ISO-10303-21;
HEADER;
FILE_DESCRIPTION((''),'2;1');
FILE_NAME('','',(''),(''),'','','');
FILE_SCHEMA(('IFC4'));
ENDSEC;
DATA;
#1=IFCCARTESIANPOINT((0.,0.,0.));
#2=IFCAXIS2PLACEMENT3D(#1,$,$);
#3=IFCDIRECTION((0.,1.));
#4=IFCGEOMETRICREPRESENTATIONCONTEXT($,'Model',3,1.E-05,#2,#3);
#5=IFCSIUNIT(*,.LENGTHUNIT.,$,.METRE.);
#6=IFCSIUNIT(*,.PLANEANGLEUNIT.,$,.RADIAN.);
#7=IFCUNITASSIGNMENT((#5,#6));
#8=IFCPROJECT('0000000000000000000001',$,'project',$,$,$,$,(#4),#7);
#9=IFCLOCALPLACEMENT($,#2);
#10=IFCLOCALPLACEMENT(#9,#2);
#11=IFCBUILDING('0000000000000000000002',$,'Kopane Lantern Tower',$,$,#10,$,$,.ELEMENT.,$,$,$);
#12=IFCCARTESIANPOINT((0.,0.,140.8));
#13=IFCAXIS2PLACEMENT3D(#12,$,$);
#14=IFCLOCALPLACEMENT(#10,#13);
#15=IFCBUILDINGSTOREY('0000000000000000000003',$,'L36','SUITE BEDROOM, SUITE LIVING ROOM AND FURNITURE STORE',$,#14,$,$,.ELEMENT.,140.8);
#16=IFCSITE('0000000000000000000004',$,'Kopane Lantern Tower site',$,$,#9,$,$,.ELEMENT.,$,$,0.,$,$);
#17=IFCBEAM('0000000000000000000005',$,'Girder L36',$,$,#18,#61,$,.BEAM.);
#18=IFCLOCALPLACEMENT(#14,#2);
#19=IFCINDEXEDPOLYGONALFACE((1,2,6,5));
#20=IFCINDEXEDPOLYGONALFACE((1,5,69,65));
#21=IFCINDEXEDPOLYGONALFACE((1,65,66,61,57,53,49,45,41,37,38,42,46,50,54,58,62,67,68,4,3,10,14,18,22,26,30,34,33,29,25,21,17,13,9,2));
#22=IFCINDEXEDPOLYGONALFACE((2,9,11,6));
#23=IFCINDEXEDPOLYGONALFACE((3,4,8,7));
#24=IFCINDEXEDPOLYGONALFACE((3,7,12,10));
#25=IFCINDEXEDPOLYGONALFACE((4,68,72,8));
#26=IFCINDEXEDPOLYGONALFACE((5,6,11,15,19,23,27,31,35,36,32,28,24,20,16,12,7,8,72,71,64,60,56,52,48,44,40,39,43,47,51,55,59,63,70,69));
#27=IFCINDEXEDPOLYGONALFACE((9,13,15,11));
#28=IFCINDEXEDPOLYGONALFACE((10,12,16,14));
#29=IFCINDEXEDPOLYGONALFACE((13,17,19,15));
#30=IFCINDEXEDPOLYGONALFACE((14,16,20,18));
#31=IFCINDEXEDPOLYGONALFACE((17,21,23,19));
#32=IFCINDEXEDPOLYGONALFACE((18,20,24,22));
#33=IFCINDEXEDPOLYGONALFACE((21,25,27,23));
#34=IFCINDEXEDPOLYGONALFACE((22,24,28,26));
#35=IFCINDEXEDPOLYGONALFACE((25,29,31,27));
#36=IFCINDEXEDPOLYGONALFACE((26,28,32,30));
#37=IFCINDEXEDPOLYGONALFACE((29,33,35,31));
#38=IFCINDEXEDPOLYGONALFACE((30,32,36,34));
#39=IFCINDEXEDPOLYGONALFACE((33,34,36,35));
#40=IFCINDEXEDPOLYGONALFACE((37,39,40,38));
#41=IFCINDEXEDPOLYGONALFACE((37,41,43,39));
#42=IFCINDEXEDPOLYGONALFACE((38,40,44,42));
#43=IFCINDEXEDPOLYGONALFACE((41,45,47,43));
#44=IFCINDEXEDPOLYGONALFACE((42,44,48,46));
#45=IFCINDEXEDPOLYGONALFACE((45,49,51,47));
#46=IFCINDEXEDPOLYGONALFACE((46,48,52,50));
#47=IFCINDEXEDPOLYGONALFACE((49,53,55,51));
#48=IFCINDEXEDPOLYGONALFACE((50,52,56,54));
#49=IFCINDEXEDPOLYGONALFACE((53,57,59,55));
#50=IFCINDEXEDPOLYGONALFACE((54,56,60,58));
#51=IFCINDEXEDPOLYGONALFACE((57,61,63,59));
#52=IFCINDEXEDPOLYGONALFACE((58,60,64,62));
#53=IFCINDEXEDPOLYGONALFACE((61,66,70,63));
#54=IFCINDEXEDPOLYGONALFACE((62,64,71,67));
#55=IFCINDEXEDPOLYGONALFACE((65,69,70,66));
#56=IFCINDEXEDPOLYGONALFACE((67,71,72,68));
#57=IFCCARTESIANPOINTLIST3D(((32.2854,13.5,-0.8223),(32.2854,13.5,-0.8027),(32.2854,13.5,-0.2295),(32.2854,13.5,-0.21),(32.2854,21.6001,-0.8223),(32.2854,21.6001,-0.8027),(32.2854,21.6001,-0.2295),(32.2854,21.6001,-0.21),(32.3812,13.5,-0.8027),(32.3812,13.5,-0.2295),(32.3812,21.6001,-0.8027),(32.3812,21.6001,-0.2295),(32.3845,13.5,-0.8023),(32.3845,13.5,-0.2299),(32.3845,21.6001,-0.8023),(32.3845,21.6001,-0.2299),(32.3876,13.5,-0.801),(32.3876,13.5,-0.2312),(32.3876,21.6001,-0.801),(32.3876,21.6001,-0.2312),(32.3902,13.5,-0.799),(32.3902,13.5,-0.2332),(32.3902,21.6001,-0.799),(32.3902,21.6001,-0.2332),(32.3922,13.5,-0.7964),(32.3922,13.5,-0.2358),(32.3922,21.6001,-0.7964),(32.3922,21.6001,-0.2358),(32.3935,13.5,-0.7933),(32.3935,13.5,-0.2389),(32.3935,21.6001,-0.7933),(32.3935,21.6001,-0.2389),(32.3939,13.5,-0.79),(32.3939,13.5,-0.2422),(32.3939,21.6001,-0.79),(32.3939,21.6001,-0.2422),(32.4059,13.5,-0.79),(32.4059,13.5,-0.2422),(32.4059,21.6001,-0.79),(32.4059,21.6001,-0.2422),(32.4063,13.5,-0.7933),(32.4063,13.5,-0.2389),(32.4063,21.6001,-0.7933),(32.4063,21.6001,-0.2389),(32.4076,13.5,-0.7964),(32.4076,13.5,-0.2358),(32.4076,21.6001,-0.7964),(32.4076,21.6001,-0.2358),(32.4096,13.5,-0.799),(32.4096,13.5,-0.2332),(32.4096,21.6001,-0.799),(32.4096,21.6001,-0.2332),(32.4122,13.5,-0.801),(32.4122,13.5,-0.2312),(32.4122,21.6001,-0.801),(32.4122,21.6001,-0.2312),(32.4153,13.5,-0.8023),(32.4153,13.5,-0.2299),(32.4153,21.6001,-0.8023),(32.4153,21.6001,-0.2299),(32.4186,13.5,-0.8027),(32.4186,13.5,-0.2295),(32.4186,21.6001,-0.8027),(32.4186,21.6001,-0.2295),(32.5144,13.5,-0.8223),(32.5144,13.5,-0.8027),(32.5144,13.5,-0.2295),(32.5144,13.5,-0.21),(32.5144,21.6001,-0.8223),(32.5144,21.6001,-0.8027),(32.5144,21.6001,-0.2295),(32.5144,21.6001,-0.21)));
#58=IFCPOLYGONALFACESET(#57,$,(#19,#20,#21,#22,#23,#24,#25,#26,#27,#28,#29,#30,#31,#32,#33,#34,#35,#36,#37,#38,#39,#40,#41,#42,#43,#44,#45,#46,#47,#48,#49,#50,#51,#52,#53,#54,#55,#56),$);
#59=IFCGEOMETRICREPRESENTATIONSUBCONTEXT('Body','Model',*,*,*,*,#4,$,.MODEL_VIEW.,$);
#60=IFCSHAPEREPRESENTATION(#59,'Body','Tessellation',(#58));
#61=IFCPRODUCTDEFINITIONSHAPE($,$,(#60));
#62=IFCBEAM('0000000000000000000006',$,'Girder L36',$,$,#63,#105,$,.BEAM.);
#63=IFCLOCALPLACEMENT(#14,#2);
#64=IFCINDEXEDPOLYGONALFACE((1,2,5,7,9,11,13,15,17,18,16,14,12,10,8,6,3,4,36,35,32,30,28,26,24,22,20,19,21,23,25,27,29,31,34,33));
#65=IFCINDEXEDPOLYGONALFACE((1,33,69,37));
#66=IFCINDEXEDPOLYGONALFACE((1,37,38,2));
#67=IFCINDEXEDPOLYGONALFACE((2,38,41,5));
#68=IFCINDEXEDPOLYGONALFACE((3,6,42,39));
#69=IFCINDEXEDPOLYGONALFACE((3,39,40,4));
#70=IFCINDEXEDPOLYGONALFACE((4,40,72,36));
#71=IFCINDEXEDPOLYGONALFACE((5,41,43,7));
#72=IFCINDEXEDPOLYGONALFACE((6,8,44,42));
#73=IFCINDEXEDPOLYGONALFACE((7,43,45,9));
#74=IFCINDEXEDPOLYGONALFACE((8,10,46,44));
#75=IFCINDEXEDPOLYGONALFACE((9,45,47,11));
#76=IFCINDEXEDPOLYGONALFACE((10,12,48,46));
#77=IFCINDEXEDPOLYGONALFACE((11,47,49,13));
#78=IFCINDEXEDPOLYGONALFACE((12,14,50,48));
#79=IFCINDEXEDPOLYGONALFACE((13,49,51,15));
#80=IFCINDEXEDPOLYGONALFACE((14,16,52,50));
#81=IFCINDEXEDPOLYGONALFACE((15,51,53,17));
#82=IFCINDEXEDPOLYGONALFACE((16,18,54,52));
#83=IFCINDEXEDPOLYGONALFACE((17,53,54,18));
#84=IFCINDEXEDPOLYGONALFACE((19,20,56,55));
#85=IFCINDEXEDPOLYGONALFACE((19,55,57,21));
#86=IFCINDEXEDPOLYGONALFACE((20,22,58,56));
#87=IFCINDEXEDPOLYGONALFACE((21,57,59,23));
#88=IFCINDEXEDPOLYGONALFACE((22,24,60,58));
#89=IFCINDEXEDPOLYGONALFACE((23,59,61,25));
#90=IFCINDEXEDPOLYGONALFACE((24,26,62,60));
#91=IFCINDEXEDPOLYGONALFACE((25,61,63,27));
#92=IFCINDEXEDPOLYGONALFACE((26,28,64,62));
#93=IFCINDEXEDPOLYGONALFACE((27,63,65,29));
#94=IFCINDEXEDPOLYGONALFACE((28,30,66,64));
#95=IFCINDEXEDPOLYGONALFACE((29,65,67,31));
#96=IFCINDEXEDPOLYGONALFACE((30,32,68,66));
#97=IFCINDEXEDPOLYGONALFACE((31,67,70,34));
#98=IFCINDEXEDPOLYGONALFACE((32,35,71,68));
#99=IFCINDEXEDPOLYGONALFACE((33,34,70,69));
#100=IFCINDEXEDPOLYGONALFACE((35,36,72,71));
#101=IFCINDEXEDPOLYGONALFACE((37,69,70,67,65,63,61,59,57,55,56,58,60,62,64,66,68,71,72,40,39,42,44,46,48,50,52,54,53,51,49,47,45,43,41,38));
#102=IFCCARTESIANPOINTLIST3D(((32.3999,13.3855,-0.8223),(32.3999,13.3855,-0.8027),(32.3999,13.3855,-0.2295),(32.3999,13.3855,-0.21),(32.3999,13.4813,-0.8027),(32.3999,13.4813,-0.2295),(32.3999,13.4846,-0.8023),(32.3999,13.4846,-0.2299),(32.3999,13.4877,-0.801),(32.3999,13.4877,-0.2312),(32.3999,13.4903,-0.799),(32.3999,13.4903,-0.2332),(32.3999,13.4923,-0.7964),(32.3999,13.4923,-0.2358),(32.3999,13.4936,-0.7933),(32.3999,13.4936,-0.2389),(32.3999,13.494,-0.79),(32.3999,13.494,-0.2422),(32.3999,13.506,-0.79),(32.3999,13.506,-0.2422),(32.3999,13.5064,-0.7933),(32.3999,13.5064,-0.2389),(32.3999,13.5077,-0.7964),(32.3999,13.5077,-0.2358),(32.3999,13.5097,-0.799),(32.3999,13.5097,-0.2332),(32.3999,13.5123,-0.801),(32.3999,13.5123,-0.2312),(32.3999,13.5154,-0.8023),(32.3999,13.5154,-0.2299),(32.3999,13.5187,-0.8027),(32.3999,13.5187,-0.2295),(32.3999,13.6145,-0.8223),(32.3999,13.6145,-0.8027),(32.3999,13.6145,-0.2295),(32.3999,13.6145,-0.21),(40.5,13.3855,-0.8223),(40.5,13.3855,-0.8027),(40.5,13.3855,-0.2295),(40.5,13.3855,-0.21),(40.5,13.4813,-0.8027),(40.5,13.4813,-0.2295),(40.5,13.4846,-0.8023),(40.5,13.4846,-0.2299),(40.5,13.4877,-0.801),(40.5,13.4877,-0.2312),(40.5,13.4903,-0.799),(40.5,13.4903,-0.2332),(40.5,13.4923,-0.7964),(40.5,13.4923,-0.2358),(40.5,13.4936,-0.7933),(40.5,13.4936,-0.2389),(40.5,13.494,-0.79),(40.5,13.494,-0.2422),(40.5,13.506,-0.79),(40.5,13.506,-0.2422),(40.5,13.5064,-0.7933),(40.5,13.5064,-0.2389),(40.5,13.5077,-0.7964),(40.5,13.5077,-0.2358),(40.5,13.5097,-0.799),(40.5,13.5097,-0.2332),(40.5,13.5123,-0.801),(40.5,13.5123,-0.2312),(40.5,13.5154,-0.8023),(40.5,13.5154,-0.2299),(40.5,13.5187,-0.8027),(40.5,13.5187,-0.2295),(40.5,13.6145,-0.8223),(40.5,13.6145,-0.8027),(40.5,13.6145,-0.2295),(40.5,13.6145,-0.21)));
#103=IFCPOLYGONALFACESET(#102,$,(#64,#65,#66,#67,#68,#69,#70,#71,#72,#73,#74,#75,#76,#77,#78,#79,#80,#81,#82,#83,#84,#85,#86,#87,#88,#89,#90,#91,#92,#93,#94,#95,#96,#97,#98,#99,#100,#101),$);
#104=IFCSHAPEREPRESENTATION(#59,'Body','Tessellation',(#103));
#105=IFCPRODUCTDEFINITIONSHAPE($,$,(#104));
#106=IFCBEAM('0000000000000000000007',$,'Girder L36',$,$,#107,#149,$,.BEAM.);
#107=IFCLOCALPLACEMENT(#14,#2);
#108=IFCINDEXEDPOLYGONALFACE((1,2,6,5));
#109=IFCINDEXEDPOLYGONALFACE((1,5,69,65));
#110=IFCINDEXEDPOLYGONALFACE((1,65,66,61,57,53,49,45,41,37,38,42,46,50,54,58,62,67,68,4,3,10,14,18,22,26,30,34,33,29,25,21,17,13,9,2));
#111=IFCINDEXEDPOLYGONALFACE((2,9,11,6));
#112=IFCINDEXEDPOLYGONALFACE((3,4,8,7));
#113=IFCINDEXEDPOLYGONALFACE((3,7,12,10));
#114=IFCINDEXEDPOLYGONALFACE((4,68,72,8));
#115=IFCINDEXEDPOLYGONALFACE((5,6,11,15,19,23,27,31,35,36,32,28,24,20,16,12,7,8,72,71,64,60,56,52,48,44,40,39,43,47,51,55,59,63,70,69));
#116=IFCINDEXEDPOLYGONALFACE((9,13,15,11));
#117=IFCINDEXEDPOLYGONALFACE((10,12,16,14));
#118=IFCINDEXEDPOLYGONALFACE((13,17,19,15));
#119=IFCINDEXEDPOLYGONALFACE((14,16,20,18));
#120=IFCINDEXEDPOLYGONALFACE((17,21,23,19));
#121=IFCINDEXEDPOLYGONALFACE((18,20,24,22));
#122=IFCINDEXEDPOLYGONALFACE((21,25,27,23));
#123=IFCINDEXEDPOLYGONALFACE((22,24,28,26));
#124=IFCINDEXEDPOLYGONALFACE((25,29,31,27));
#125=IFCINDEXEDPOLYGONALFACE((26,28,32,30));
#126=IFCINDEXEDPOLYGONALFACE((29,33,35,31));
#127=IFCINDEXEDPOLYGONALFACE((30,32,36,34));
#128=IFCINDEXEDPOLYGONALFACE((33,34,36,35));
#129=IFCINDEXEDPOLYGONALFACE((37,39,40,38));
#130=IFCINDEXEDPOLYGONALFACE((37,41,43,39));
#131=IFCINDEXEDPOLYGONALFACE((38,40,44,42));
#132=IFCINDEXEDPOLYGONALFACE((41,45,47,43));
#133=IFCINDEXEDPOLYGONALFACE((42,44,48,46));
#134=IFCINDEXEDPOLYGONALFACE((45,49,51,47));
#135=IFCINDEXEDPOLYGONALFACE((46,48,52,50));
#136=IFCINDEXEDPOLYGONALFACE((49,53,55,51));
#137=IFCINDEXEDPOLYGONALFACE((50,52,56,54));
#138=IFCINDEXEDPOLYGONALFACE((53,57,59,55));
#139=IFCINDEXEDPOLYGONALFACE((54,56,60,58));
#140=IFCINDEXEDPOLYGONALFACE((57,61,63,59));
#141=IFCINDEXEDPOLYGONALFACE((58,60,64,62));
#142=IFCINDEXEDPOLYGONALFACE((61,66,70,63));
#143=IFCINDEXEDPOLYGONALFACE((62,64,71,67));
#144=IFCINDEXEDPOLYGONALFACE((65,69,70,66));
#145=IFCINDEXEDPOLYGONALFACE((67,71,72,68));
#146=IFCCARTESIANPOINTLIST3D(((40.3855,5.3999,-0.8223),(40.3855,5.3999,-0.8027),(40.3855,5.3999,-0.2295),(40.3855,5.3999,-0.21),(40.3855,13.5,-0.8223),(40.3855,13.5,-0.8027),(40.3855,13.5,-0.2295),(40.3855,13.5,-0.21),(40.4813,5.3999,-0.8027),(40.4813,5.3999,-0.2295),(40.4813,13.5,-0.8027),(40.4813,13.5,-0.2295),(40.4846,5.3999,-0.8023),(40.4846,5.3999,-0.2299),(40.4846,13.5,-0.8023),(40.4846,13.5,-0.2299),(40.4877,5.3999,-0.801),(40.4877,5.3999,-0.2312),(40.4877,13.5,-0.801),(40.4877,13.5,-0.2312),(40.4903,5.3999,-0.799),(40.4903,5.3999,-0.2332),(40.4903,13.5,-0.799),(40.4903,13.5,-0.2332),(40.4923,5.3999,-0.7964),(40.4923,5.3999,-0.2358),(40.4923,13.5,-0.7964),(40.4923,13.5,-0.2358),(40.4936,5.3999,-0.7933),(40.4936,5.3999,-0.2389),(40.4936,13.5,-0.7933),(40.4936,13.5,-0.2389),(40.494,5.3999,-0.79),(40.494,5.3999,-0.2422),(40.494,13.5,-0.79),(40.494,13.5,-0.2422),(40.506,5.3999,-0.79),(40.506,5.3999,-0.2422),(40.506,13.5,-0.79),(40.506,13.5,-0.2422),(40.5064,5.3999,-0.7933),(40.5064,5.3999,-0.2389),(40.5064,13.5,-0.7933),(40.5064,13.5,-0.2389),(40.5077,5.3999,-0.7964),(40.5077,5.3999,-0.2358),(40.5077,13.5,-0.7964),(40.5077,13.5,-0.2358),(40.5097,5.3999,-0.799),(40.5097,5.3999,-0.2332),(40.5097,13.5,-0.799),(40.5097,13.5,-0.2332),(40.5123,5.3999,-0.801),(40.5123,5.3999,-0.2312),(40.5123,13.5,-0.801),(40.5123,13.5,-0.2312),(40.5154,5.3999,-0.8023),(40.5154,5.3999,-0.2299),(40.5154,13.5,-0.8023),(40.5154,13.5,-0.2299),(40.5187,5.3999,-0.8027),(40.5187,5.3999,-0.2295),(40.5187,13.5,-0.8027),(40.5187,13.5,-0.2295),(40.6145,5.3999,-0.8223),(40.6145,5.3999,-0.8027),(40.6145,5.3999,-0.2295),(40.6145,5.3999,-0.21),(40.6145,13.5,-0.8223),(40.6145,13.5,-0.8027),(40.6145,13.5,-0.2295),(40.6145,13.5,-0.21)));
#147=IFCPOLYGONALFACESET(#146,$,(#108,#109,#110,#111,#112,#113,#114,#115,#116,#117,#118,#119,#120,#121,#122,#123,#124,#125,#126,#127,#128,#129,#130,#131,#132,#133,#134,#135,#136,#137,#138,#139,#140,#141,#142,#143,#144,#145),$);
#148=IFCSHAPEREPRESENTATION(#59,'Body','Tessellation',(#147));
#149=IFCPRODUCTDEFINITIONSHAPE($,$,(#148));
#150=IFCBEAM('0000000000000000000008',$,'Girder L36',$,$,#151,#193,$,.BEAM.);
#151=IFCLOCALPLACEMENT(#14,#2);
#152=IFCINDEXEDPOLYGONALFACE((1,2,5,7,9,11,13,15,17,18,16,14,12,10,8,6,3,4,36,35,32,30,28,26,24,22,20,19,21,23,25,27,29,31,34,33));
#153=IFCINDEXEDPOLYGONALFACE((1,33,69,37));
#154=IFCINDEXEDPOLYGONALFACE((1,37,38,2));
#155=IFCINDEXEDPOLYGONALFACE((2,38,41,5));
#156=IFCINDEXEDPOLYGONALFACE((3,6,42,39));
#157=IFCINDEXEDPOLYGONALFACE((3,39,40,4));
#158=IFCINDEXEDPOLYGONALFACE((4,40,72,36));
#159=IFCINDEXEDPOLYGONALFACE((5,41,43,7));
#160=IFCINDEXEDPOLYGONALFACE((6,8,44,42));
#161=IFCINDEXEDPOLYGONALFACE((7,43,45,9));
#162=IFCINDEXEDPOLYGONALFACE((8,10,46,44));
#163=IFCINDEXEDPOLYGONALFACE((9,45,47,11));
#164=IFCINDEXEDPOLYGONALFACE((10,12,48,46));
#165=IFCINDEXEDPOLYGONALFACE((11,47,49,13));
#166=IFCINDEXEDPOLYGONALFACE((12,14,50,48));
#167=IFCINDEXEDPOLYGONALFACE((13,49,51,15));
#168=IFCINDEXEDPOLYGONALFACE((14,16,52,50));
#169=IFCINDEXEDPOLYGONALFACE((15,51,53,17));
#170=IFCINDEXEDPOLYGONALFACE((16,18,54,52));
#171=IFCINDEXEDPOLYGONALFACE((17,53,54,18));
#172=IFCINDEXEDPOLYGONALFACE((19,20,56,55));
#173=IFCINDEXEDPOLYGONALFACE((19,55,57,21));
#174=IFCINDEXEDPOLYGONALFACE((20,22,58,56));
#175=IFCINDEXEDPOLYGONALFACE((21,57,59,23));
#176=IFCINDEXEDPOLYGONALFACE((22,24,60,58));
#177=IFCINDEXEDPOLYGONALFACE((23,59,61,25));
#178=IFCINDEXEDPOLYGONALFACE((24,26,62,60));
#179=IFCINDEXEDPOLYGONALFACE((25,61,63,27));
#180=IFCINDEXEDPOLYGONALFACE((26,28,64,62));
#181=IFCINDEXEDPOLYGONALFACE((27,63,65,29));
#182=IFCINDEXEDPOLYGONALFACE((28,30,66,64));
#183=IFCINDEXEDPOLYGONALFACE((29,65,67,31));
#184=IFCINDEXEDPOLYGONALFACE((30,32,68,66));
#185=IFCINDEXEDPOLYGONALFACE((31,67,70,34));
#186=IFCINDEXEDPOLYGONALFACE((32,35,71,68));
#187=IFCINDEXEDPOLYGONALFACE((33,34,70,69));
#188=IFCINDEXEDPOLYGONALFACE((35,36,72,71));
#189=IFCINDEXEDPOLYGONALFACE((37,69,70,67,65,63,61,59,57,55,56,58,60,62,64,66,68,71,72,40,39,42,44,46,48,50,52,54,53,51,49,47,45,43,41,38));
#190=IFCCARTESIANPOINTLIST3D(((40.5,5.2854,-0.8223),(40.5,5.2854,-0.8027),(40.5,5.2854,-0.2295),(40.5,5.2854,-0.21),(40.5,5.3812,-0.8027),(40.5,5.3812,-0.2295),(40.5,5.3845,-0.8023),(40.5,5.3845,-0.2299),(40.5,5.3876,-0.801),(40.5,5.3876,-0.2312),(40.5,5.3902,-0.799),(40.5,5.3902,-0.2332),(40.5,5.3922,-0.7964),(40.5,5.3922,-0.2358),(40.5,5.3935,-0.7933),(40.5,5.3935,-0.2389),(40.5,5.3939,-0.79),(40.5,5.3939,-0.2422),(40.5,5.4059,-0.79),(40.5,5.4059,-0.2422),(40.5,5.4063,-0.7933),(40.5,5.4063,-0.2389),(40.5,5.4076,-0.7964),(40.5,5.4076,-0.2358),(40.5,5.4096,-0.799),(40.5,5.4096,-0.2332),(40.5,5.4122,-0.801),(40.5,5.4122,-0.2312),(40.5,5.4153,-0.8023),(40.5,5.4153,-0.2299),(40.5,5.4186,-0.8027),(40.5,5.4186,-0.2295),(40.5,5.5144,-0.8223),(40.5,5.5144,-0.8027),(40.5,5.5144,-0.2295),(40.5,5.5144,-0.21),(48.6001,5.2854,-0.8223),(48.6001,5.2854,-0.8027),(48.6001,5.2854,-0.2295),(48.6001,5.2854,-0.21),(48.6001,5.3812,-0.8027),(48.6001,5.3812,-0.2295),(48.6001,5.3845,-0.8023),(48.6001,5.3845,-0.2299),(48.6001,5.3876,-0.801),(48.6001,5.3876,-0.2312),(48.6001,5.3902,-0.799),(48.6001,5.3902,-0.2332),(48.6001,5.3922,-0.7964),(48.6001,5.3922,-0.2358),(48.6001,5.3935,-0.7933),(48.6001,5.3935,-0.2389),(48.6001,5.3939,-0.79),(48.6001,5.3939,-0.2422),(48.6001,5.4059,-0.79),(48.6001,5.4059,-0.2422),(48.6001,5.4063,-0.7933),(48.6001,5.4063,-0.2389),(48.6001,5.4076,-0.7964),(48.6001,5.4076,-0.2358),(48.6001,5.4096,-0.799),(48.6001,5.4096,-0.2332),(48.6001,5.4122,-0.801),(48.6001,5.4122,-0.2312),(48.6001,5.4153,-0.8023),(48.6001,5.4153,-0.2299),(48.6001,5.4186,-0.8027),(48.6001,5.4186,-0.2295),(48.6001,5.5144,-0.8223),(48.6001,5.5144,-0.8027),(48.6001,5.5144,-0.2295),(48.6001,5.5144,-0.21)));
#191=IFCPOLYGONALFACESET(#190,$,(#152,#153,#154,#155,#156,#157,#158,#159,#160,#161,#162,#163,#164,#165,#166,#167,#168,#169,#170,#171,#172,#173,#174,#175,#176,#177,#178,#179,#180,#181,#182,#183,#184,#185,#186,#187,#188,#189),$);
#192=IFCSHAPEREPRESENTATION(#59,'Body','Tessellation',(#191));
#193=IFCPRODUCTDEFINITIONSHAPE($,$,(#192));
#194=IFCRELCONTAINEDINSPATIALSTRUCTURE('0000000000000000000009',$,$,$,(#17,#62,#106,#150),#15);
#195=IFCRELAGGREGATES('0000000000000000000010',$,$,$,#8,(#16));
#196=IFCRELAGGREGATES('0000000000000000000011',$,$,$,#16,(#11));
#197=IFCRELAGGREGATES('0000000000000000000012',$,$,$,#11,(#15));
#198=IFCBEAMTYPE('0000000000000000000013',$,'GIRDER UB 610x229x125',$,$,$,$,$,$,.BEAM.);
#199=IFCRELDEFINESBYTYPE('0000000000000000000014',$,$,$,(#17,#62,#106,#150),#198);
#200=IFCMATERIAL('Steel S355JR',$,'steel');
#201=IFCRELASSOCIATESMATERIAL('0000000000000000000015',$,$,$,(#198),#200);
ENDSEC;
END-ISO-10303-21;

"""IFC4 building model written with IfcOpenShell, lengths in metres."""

from ifc_helpers import new_model, si_unit, direction, frame, origin, origin_2d, place, context, subcontext, project, spatial, i_section, extrude, material, material_profile, profile_set, type_object, element, save


model = new_model("IFC4")

# Units and contexts
model_context = context("Model", 3, precision=1e-05, world=origin(), true_north=direction((0.0, 1.0)))
body_context = subcontext(model_context, "Body", "Model", "MODEL_VIEW")
ifc_project = project(units=[si_unit("LENGTHUNIT", "METRE"), si_unit("PLANEANGLEUNIT", "RADIAN")], contexts=[model_context])

# Site, building, storey
site_placement = place(None, origin())
site = spatial("IfcSite", under=ifc_project, at=site_placement, Name="Kopane Lantern Tower site", CompositionType="ELEMENT", RefElevation=0.0)
building_placement = place(site_placement, origin())
building = spatial("IfcBuilding", under=site, at=building_placement, Name="Kopane Lantern Tower", CompositionType="ELEMENT")
storey_placement = place(building_placement, frame((0.0, 0.0, 140.8)))
storey = spatial("IfcBuildingStorey", under=building, at=storey_placement, Name="L36", Description="SUITE BEDROOM, SUITE LIVING ROOM AND FURNITURE STORE", CompositionType="ELEMENT", Elevation=140.8)

# Beams
ifc_material_1 = material(Name="Steel S355JR", Category="steel")
ifc_material_profile_1 = material_profile(ifc_material_1, i_section(OverallWidth=0.229, OverallDepth=0.6123, WebThickness=0.012, FlangeThickness=0.0195, FilletRadius=0.0127, at=origin_2d()), Name="UB 610x229x125")
ifc_profile_set_1 = profile_set([ifc_material_profile_1], Name="Steel S355JR")
beam_type = type_object("IfcBeamType", Name="GIRDER UB 610x229x125", PredefinedType="BEAM", material=ifc_profile_set_1)
for number, where, z_axis, x_axis, name in (
    (1, (32.3999, 13.5, -0.5161), (0.0, 1.0, 0.0), (-1.0, 0.0, 0.0), "Girder L36"),
    (2, (32.3999, 13.5, -0.5161), (1.0, 0.0, 0.0), (0.0, 1.0, 0.0), "Girder L36"),
    (3, (40.5, 5.3999, -0.5161), (0.0, 1.0, 0.0), (-1.0, 0.0, 0.0), "Girder L36"),
    (4, (40.5, 5.3999, -0.5161), (1.0, 0.0, 0.0), (0.0, 1.0, 0.0), "Girder L36"),
):
    element("IfcBeam", number, at=place(storey_placement, frame(where, z_axis=z_axis, x_axis=x_axis)), inside=storey, type_object=beam_type, Name=name, PredefinedType="BEAM", context=body_context, shape_type="SweptSolid", body=[
        extrude(i_section(OverallWidth=0.229, OverallDepth=0.6123, WebThickness=0.012, FlangeThickness=0.0195, FilletRadius=0.0127, at=origin_2d()), origin(), (0.0, 0.0, 1.0), 8.1001),
    ])

save(model, "model.ifc")
